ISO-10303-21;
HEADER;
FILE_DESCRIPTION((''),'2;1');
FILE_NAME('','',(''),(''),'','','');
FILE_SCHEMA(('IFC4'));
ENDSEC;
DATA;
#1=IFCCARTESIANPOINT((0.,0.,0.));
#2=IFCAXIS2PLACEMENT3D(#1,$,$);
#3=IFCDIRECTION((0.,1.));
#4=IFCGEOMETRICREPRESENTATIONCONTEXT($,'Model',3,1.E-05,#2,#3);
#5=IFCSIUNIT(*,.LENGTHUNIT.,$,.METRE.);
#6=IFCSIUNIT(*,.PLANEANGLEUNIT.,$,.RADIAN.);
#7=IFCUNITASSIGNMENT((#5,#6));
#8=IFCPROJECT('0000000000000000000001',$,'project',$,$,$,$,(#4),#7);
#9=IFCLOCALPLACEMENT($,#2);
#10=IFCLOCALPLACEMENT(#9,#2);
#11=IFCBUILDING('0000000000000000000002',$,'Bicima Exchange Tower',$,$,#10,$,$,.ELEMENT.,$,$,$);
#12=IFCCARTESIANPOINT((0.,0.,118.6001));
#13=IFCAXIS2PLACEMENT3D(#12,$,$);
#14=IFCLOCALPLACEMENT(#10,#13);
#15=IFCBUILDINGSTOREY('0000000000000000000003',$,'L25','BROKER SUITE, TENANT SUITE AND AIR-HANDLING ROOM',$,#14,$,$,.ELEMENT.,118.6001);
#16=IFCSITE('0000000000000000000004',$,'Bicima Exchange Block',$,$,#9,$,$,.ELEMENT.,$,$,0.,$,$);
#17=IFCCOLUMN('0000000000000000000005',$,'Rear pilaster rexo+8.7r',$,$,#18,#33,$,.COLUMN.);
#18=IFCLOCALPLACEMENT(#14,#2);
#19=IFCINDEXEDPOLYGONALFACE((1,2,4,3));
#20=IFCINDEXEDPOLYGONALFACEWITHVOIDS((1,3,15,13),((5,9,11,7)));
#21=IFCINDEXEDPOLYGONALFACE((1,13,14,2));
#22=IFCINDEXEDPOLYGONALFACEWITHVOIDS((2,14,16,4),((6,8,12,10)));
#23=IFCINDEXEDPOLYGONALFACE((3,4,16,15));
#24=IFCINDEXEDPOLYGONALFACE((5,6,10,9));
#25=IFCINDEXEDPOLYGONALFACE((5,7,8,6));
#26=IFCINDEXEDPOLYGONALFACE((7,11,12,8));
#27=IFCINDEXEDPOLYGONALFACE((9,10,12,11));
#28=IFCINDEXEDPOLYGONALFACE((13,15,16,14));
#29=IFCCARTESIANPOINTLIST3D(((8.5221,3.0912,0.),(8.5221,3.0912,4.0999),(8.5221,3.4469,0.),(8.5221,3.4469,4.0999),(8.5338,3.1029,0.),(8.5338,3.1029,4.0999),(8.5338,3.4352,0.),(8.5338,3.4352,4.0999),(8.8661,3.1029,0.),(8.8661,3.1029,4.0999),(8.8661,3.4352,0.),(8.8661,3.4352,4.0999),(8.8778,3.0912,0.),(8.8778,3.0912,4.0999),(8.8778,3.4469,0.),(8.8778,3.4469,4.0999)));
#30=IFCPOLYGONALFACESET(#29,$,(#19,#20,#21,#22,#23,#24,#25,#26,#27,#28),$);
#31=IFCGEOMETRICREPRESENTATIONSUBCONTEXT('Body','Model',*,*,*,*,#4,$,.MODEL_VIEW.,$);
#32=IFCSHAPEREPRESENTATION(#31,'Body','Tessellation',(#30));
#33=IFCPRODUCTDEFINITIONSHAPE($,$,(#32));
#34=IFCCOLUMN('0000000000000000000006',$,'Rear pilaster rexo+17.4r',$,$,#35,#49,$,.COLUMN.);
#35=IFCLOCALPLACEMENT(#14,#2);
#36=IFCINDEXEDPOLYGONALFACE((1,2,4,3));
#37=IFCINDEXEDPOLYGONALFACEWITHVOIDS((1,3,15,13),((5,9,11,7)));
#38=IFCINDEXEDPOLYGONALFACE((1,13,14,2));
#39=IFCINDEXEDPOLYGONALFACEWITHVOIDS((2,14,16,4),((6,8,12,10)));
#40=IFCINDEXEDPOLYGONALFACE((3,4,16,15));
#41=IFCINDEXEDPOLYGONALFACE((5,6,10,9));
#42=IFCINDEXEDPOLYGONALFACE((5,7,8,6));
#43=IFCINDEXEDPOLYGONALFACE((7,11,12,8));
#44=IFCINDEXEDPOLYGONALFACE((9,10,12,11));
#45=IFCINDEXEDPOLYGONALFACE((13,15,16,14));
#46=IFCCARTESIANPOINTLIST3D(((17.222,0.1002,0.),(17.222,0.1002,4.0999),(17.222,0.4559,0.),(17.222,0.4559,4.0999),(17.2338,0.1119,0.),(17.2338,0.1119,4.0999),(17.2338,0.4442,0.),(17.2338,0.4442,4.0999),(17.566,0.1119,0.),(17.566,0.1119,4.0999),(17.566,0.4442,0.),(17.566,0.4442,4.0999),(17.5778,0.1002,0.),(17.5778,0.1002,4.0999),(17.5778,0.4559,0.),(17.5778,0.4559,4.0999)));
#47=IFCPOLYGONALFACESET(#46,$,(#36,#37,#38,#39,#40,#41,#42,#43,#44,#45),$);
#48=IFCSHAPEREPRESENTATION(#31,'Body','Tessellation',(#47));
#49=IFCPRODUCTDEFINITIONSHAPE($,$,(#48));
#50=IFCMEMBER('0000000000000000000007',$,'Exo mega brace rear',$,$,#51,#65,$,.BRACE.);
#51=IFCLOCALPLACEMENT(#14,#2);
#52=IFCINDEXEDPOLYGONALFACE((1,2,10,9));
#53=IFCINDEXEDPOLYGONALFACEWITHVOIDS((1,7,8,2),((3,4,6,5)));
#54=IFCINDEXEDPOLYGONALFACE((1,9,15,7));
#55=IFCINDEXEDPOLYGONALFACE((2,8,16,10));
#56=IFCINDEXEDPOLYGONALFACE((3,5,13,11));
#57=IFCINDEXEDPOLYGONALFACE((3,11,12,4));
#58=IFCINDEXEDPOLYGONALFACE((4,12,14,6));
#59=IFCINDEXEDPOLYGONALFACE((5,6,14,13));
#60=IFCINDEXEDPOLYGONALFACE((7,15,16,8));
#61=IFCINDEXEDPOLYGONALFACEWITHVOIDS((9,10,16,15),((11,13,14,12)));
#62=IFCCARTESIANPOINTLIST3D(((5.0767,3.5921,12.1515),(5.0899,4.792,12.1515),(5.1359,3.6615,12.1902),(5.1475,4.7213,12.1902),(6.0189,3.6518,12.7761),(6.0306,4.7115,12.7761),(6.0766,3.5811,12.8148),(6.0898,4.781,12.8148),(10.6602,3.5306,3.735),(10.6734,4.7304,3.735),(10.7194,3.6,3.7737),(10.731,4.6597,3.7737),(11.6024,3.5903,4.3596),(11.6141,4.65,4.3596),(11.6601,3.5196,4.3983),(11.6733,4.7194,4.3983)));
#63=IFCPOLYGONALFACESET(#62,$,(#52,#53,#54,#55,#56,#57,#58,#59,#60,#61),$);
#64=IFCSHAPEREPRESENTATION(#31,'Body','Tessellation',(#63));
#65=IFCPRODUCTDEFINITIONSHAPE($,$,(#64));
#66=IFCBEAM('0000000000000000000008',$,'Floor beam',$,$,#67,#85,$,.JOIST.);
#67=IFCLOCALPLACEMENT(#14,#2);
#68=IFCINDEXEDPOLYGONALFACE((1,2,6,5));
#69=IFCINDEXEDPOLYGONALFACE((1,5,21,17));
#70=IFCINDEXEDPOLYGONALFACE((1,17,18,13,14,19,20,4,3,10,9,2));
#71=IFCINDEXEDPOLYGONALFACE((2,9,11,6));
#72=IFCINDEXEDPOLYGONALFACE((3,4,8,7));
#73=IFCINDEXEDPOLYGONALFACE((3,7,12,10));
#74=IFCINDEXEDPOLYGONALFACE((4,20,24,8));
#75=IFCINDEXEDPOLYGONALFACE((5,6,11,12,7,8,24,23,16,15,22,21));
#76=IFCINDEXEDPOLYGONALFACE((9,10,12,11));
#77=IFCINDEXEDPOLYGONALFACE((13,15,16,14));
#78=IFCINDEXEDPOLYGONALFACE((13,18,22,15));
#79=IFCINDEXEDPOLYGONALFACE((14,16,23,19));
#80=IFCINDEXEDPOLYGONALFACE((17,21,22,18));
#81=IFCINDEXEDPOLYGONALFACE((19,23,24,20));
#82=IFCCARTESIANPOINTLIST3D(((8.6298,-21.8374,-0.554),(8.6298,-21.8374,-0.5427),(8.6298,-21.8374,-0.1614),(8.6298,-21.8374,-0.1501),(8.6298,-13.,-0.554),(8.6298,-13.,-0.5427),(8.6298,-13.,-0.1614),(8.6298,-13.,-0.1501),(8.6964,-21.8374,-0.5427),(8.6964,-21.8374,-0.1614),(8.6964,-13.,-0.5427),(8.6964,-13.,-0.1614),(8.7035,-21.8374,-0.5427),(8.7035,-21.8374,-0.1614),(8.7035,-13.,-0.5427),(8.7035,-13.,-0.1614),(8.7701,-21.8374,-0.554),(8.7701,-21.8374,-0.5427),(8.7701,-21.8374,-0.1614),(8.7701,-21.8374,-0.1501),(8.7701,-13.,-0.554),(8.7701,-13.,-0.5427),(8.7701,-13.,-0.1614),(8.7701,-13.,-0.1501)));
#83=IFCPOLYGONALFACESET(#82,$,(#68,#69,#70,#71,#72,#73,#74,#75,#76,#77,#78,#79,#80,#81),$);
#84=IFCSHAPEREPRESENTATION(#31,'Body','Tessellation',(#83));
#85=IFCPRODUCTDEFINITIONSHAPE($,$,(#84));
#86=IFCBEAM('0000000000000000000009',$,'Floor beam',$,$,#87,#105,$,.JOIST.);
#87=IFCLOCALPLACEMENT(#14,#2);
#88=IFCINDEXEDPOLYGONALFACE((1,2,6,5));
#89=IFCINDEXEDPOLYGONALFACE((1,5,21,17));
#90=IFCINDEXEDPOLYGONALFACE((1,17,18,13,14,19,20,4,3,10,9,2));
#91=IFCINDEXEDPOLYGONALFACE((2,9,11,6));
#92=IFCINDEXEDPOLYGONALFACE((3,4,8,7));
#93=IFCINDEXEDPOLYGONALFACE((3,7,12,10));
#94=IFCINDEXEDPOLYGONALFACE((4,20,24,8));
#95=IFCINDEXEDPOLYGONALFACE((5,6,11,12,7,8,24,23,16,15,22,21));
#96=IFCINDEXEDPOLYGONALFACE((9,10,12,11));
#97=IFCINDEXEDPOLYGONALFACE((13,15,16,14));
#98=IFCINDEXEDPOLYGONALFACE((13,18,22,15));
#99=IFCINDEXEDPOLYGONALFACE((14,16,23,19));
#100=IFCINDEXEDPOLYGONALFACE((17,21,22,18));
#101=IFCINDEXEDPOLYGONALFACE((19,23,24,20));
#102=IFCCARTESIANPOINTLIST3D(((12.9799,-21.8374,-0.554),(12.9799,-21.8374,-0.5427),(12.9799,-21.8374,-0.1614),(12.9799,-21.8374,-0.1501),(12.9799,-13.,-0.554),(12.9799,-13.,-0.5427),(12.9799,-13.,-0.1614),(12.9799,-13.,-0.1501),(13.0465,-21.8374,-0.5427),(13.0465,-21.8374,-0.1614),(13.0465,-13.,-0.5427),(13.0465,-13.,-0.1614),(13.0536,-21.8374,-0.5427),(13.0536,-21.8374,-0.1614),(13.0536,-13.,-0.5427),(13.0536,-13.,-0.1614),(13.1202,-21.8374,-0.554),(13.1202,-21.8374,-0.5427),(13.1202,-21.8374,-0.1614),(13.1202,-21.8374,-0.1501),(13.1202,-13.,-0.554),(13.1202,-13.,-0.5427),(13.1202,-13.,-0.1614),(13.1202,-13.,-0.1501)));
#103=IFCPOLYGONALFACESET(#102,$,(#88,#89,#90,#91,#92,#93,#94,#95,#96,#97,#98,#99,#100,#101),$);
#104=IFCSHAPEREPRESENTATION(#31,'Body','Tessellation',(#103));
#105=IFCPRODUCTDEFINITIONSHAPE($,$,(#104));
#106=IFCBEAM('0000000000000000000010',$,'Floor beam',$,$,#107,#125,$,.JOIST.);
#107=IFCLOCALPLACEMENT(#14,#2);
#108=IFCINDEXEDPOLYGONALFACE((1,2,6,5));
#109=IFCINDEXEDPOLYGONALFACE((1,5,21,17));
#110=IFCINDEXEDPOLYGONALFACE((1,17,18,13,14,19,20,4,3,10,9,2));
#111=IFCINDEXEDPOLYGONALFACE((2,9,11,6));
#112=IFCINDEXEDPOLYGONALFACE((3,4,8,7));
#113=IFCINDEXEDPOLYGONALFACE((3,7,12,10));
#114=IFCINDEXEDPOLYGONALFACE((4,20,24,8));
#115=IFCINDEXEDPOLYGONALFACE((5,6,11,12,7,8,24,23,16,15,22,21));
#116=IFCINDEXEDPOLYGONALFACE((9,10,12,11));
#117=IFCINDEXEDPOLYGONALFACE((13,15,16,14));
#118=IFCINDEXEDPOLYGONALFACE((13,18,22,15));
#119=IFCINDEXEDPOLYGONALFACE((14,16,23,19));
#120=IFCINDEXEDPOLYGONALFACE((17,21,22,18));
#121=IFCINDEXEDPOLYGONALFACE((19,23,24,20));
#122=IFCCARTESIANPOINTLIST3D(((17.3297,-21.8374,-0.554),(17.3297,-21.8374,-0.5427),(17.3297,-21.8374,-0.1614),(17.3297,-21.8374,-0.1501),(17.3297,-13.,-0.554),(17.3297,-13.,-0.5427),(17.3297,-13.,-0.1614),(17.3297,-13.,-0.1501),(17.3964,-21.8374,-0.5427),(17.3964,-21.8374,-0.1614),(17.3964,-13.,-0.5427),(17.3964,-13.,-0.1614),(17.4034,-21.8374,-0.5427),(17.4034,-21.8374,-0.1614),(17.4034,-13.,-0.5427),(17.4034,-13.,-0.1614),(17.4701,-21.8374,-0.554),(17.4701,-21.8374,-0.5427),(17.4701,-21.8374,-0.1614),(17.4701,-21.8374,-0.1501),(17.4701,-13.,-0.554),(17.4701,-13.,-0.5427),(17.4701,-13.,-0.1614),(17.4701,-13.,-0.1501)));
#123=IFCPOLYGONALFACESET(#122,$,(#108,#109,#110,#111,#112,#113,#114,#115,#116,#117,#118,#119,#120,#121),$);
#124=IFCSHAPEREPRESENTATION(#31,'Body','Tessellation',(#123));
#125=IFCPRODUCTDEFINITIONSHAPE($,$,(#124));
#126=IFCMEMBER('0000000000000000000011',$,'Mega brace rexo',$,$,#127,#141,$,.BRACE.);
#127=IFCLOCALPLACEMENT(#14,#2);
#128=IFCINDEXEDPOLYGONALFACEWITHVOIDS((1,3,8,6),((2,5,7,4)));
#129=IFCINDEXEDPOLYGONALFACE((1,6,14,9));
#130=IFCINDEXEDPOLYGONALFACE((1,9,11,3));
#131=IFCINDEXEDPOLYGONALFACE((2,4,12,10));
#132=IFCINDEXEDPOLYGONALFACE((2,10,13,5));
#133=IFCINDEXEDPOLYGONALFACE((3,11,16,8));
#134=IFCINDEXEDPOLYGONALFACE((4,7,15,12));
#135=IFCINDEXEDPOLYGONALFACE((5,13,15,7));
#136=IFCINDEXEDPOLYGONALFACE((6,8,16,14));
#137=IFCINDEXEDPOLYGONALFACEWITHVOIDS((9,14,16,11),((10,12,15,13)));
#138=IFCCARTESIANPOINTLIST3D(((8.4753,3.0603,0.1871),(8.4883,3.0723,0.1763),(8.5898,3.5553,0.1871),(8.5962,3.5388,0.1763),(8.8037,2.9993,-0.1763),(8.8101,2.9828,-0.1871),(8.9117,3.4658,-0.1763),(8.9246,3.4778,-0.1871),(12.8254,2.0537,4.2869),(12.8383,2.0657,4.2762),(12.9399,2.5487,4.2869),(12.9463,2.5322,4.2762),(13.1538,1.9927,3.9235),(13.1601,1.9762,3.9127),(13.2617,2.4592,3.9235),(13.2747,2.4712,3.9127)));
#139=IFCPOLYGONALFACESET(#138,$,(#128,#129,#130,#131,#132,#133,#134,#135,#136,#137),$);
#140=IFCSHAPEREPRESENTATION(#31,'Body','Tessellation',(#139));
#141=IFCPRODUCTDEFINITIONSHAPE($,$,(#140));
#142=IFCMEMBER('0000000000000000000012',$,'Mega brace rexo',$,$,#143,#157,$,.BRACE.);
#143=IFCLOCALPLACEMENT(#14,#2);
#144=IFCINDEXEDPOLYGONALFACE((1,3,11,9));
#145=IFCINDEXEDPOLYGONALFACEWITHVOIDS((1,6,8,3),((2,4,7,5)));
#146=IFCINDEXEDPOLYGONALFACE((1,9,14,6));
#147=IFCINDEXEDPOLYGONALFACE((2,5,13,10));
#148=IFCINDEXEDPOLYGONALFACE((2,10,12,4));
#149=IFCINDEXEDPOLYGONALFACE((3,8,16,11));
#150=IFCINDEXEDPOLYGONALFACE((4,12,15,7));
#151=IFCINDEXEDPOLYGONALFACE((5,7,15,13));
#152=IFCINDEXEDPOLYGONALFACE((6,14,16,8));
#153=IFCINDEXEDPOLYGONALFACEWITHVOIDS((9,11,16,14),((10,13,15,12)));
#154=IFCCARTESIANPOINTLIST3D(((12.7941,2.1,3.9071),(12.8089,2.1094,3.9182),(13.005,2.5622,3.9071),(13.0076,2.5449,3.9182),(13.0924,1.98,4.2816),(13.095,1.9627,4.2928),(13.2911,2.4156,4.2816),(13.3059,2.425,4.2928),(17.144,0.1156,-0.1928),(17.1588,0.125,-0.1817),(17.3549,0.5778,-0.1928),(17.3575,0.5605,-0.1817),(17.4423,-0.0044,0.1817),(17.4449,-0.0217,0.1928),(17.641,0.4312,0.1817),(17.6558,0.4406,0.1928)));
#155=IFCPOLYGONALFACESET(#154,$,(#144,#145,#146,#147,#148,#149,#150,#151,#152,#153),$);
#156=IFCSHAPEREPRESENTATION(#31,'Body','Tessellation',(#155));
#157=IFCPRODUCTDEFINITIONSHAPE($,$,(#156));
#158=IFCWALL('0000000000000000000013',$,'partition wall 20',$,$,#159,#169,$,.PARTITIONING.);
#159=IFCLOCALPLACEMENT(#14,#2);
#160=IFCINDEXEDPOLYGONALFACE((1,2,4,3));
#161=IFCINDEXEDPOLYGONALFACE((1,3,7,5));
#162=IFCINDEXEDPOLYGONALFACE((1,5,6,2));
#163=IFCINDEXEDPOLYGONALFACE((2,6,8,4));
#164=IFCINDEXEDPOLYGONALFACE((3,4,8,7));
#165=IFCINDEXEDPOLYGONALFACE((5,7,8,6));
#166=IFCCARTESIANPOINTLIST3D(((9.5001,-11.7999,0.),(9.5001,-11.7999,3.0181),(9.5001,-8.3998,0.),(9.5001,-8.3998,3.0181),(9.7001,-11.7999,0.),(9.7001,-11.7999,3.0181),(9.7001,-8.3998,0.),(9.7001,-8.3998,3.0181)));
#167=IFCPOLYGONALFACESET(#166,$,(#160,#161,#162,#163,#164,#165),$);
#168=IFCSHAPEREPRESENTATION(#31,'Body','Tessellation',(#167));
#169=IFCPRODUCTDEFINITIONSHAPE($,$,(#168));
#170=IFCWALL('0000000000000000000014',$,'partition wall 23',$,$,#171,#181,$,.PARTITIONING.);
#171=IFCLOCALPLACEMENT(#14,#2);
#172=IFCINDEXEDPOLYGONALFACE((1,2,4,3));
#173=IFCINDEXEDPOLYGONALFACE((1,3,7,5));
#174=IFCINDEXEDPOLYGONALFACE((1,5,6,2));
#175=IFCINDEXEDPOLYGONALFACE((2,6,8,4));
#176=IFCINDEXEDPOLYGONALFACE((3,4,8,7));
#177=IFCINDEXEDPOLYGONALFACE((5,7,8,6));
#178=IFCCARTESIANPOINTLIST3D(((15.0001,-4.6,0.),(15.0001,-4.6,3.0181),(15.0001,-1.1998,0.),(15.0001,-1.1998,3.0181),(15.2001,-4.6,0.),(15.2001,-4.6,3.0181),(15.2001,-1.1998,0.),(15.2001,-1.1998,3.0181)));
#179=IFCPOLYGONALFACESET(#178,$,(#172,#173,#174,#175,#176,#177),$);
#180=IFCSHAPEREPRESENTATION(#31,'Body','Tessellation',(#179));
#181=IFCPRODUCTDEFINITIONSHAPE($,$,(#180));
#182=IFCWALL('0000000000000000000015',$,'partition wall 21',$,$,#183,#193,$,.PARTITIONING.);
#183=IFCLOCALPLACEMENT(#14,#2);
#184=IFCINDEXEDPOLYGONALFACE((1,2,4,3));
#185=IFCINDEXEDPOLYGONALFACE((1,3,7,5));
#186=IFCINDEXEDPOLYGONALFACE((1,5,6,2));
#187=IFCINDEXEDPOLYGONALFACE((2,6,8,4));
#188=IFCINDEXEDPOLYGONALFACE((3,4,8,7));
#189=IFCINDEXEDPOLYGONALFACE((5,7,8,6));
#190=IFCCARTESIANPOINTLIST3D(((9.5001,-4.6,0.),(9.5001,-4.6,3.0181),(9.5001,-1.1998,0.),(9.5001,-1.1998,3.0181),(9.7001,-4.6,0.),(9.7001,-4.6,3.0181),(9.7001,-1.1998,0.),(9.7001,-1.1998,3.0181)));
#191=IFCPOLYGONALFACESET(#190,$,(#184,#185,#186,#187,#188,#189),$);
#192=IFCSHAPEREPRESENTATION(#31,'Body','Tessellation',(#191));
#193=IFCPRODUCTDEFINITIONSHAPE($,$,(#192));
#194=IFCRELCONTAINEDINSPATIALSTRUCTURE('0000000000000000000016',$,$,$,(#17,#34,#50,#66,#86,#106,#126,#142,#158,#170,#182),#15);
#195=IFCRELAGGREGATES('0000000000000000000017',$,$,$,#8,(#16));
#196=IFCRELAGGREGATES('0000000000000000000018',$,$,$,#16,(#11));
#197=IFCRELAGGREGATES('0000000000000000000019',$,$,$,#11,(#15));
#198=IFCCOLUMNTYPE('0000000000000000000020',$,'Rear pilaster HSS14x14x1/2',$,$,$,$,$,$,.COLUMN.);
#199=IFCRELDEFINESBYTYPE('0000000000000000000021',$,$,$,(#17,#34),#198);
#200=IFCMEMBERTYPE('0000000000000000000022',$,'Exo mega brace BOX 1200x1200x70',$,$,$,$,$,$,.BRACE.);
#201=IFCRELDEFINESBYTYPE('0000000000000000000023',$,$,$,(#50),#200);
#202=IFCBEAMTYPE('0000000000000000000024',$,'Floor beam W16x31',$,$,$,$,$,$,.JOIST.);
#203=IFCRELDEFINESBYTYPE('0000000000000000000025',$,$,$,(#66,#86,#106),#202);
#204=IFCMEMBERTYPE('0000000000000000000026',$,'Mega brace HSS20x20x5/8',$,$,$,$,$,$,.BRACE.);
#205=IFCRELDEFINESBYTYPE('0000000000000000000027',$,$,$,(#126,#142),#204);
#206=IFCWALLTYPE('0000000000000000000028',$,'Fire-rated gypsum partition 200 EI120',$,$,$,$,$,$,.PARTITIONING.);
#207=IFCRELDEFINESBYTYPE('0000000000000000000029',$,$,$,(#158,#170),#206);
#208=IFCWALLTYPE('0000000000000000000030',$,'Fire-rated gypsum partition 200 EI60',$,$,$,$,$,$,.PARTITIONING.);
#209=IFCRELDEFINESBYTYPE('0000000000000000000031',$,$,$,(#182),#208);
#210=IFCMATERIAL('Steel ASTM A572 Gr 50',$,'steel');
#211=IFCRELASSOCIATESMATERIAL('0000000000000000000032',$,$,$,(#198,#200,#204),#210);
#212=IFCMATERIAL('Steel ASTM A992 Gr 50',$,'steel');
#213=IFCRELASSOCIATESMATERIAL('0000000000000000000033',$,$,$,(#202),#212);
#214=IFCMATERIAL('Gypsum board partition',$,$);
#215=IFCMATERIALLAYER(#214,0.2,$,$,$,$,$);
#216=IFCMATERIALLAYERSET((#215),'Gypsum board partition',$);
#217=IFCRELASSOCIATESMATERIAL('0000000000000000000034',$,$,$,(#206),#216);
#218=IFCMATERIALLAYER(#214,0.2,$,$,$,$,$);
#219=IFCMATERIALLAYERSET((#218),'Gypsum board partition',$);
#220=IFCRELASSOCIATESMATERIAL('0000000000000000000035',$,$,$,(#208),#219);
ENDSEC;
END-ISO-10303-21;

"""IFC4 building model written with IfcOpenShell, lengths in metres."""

from ifc_helpers import new_model, si_unit, direction, frame, frame_2d, origin, origin_2d, place, context, subcontext, project, spatial, rectangle, hollow_rectangle, i_section, extrude, material, layer, layer_set, material_profile, profile_set, type_object, element, save


model = new_model("IFC4")

# Units and contexts
model_context = context("Model", 3, precision=1e-05, world=origin(), true_north=direction((0.0, 1.0)))
body_context = subcontext(model_context, "Body", "Model", "MODEL_VIEW")
ifc_project = project(units=[si_unit("LENGTHUNIT", "METRE"), si_unit("PLANEANGLEUNIT", "RADIAN")], contexts=[model_context])

# Site, building, storey
site_placement = place(None, origin())
site = spatial("IfcSite", under=ifc_project, at=site_placement, Name="Bicima Exchange Block", CompositionType="ELEMENT", RefElevation=0.0)
building_placement = place(site_placement, origin())
building = spatial("IfcBuilding", under=site, at=building_placement, Name="Bicima Exchange Tower", CompositionType="ELEMENT")
storey_placement = place(building_placement, frame((0.0, 0.0, 118.6001)))
storey = spatial("IfcBuildingStorey", under=building, at=storey_placement, Name="L25", Description="BROKER SUITE, TENANT SUITE AND AIR-HANDLING ROOM", CompositionType="ELEMENT", Elevation=118.6001)

# Columns
ifc_material_1 = material(Name="Steel ASTM A572 Gr 50", Category="steel")
ifc_material_profile_1 = material_profile(ifc_material_1, hollow_rectangle(XDim=0.3557, YDim=0.3557, WallThickness=0.0117, at=origin_2d()))
ifc_profile_set_1 = profile_set([ifc_material_profile_1], Name="Steel ASTM A572 Gr 50")
column_type = type_object("IfcColumnType", Name="Rear pilaster HSS14x14x1/2", PredefinedType="COLUMN", material=ifc_profile_set_1)
for number, where, z_axis, x_axis, name in (
    (1, (8.7, 3.269, 0.0), (0.0, 0.0, 1.0), (1.0, 0.0, 0.0), "Rear pilaster rexo+8.7r"),
    (2, (17.3999, 0.2781, 0.0), (0.0, 0.0, 1.0), (1.0, 0.0, 0.0), "Rear pilaster rexo+17.4r"),
):
    element("IfcColumn", number, at=place(storey_placement, frame(where, z_axis=z_axis, x_axis=x_axis)), inside=storey, type_object=column_type, Name=name, PredefinedType="COLUMN", context=body_context, shape_type="SweptSolid", body=[
        extrude(hollow_rectangle(XDim=0.3557, YDim=0.3557, WallThickness=0.0117, at=origin_2d()), origin(), (0.0, 0.0, 1.0), 4.0999),
    ])

# Member
ifc_material_profile_2 = material_profile(ifc_material_1, hollow_rectangle(XDim=1.2, YDim=1.2, WallThickness=0.0701, at=origin_2d()))
ifc_profile_set_2 = profile_set([ifc_material_profile_2], Name="Steel ASTM A572 Gr 50")
member_type_1 = type_object("IfcMemberType", Name="Exo mega brace BOX 1200x1200x70", PredefinedType="BRACE", material=ifc_profile_set_2)
member_1_placement = place(storey_placement, frame((11.1667, 4.125, 4.0667), z_axis=(-0.552803, 0.006091, 0.83329), x_axis=(-0.011018, -0.999939, 0.0)))
element("IfcMember", 3, at=member_1_placement, inside=storey, type_object=member_type_1, Name="Exo mega brace rear", PredefinedType="BRACE", context=body_context, shape_type="SweptSolid", body=[
    extrude(hollow_rectangle(XDim=1.2, YDim=1.2, WallThickness=0.0701, at=origin_2d()), origin(), (0.0, 0.0, 1.0), 10.1003),
])

# Beams
ifc_material_2 = material(Name="Steel ASTM A992 Gr 50", Category="steel")
ifc_material_profile_3 = material_profile(ifc_material_2, i_section(OverallWidth=0.1404, OverallDepth=0.4038, WebThickness=0.0071, FlangeThickness=0.0112, at=origin_2d()))
ifc_profile_set_3 = profile_set([ifc_material_profile_3], Name="Steel ASTM A992 Gr 50")
beam_type = type_object("IfcBeamType", Name="Floor beam W16x31", PredefinedType="JOIST", material=ifc_profile_set_3)
for number, where, z_axis, x_axis, name in (
    (4, (8.7, -13.0, -0.3521), (0.0, -1.0, 0.0), (1.0, 0.0, 0.0), "Floor beam"),
    (5, (13.05, -13.0, -0.3521), (0.0, -1.0, 0.0), (1.0, 0.0, 0.0), "Floor beam"),
    (6, (17.3999, -13.0, -0.3521), (0.0, -1.0, 0.0), (1.0, 0.0, 0.0), "Floor beam"),
):
    element("IfcBeam", number, at=place(storey_placement, frame(where, z_axis=z_axis, x_axis=x_axis)), inside=storey, type_object=beam_type, Name=name, PredefinedType="JOIST", context=body_context, shape_type="SweptSolid", body=[
        extrude(i_section(OverallWidth=0.1404, OverallDepth=0.4038, WebThickness=0.0071, FlangeThickness=0.0112, at=origin_2d()), origin(), (0.0, 0.0, 1.0), 8.8374),
    ])

# Members
ifc_material_profile_4 = material_profile(ifc_material_1, hollow_rectangle(XDim=0.5081, YDim=0.5081, WallThickness=0.0146, at=origin_2d()))
ifc_profile_set_4 = profile_set([ifc_material_profile_4], Name="Steel ASTM A572 Gr 50")
member_type_2 = type_object("IfcMemberType", Name="Mega brace HSS20x20x5/8", PredefinedType="BRACE", material=ifc_profile_set_4)
member_2_placement = place(storey_placement, frame((8.7, 3.269, 0.0), z_axis=(0.717625, -0.166055, 0.676343), x_axis=(0.225439, 0.974257, 0.0)))
element("IfcMember", 7, at=member_2_placement, inside=storey, type_object=member_type_2, Name="Mega brace rexo", PredefinedType="BRACE", context=body_context, shape_type="SweptSolid", body=[
    extrude(hollow_rectangle(XDim=0.5081, YDim=0.5081, WallThickness=0.0146, at=origin_2d()), origin(), (0.0, 0.0, 1.0), 6.0618),
])
member_3_placement = place(storey_placement, frame((17.3999, 0.2781, 0.0), z_axis=(-0.690646, 0.315068, 0.650953), x_axis=(-0.415045, -0.909801, 0.0)))
element("IfcMember", 8, at=member_3_placement, inside=storey, type_object=member_type_2, Name="Mega brace rexo", PredefinedType="BRACE", context=body_context, shape_type="SweptSolid", body=[
    extrude(hollow_rectangle(XDim=0.5081, YDim=0.5081, WallThickness=0.0146, at=origin_2d()), origin(), (0.0, 0.0, 1.0), 6.2983),
])

# Walls
ifc_material_3 = material(Name="Gypsum board partition")
ifc_layer_1 = layer(ifc_material_3, 0.2)
ifc_layer_set_1 = layer_set([ifc_layer_1], Name="Gypsum board partition")
wall_type_1 = type_object("IfcWallType", Name="Fire-rated gypsum partition 200 EI120", PredefinedType="PARTITIONING", material=ifc_layer_set_1)
for number, where, z_axis, x_axis, name in (
    (9, (9.6001, -11.8, 0.0), (0.0, 0.0, 1.0), (0.0, 1.0, 0.0), "partition wall 20"),
    (10, (15.1001, -4.6001, 0.0), (0.0, 0.0, 1.0), (0.0, 1.0, 0.0), "partition wall 23"),
):
    element("IfcWall", number, at=place(storey_placement, frame(where, z_axis=z_axis, x_axis=x_axis)), inside=storey, type_object=wall_type_1, Name=name, PredefinedType="PARTITIONING", context=body_context, shape_type="SweptSolid", body=[
        extrude(rectangle(XDim=3.4001, YDim=0.2, at=frame_2d((1.7002, 0.0))), origin(), (0.0, 0.0, 1.0), 3.0181),
    ])
ifc_layer_2 = layer(ifc_material_3, 0.2)
ifc_layer_set_2 = layer_set([ifc_layer_2], Name="Gypsum board partition")
wall_type_2 = type_object("IfcWallType", Name="Fire-rated gypsum partition 200 EI60", PredefinedType="PARTITIONING", material=ifc_layer_set_2)
wall_1_placement = place(storey_placement, frame((9.6001, -4.6001, 0.0), z_axis=(0.0, 0.0, 1.0), x_axis=(0.0, 1.0, 0.0)))
element("IfcWall", 11, at=wall_1_placement, inside=storey, type_object=wall_type_2, Name="partition wall 21", PredefinedType="PARTITIONING", context=body_context, shape_type="SweptSolid", body=[
    extrude(rectangle(XDim=3.4001, YDim=0.2, at=frame_2d((1.7002, 0.0))), origin(), (0.0, 0.0, 1.0), 3.0181),
])

save(model, "model.ifc")
